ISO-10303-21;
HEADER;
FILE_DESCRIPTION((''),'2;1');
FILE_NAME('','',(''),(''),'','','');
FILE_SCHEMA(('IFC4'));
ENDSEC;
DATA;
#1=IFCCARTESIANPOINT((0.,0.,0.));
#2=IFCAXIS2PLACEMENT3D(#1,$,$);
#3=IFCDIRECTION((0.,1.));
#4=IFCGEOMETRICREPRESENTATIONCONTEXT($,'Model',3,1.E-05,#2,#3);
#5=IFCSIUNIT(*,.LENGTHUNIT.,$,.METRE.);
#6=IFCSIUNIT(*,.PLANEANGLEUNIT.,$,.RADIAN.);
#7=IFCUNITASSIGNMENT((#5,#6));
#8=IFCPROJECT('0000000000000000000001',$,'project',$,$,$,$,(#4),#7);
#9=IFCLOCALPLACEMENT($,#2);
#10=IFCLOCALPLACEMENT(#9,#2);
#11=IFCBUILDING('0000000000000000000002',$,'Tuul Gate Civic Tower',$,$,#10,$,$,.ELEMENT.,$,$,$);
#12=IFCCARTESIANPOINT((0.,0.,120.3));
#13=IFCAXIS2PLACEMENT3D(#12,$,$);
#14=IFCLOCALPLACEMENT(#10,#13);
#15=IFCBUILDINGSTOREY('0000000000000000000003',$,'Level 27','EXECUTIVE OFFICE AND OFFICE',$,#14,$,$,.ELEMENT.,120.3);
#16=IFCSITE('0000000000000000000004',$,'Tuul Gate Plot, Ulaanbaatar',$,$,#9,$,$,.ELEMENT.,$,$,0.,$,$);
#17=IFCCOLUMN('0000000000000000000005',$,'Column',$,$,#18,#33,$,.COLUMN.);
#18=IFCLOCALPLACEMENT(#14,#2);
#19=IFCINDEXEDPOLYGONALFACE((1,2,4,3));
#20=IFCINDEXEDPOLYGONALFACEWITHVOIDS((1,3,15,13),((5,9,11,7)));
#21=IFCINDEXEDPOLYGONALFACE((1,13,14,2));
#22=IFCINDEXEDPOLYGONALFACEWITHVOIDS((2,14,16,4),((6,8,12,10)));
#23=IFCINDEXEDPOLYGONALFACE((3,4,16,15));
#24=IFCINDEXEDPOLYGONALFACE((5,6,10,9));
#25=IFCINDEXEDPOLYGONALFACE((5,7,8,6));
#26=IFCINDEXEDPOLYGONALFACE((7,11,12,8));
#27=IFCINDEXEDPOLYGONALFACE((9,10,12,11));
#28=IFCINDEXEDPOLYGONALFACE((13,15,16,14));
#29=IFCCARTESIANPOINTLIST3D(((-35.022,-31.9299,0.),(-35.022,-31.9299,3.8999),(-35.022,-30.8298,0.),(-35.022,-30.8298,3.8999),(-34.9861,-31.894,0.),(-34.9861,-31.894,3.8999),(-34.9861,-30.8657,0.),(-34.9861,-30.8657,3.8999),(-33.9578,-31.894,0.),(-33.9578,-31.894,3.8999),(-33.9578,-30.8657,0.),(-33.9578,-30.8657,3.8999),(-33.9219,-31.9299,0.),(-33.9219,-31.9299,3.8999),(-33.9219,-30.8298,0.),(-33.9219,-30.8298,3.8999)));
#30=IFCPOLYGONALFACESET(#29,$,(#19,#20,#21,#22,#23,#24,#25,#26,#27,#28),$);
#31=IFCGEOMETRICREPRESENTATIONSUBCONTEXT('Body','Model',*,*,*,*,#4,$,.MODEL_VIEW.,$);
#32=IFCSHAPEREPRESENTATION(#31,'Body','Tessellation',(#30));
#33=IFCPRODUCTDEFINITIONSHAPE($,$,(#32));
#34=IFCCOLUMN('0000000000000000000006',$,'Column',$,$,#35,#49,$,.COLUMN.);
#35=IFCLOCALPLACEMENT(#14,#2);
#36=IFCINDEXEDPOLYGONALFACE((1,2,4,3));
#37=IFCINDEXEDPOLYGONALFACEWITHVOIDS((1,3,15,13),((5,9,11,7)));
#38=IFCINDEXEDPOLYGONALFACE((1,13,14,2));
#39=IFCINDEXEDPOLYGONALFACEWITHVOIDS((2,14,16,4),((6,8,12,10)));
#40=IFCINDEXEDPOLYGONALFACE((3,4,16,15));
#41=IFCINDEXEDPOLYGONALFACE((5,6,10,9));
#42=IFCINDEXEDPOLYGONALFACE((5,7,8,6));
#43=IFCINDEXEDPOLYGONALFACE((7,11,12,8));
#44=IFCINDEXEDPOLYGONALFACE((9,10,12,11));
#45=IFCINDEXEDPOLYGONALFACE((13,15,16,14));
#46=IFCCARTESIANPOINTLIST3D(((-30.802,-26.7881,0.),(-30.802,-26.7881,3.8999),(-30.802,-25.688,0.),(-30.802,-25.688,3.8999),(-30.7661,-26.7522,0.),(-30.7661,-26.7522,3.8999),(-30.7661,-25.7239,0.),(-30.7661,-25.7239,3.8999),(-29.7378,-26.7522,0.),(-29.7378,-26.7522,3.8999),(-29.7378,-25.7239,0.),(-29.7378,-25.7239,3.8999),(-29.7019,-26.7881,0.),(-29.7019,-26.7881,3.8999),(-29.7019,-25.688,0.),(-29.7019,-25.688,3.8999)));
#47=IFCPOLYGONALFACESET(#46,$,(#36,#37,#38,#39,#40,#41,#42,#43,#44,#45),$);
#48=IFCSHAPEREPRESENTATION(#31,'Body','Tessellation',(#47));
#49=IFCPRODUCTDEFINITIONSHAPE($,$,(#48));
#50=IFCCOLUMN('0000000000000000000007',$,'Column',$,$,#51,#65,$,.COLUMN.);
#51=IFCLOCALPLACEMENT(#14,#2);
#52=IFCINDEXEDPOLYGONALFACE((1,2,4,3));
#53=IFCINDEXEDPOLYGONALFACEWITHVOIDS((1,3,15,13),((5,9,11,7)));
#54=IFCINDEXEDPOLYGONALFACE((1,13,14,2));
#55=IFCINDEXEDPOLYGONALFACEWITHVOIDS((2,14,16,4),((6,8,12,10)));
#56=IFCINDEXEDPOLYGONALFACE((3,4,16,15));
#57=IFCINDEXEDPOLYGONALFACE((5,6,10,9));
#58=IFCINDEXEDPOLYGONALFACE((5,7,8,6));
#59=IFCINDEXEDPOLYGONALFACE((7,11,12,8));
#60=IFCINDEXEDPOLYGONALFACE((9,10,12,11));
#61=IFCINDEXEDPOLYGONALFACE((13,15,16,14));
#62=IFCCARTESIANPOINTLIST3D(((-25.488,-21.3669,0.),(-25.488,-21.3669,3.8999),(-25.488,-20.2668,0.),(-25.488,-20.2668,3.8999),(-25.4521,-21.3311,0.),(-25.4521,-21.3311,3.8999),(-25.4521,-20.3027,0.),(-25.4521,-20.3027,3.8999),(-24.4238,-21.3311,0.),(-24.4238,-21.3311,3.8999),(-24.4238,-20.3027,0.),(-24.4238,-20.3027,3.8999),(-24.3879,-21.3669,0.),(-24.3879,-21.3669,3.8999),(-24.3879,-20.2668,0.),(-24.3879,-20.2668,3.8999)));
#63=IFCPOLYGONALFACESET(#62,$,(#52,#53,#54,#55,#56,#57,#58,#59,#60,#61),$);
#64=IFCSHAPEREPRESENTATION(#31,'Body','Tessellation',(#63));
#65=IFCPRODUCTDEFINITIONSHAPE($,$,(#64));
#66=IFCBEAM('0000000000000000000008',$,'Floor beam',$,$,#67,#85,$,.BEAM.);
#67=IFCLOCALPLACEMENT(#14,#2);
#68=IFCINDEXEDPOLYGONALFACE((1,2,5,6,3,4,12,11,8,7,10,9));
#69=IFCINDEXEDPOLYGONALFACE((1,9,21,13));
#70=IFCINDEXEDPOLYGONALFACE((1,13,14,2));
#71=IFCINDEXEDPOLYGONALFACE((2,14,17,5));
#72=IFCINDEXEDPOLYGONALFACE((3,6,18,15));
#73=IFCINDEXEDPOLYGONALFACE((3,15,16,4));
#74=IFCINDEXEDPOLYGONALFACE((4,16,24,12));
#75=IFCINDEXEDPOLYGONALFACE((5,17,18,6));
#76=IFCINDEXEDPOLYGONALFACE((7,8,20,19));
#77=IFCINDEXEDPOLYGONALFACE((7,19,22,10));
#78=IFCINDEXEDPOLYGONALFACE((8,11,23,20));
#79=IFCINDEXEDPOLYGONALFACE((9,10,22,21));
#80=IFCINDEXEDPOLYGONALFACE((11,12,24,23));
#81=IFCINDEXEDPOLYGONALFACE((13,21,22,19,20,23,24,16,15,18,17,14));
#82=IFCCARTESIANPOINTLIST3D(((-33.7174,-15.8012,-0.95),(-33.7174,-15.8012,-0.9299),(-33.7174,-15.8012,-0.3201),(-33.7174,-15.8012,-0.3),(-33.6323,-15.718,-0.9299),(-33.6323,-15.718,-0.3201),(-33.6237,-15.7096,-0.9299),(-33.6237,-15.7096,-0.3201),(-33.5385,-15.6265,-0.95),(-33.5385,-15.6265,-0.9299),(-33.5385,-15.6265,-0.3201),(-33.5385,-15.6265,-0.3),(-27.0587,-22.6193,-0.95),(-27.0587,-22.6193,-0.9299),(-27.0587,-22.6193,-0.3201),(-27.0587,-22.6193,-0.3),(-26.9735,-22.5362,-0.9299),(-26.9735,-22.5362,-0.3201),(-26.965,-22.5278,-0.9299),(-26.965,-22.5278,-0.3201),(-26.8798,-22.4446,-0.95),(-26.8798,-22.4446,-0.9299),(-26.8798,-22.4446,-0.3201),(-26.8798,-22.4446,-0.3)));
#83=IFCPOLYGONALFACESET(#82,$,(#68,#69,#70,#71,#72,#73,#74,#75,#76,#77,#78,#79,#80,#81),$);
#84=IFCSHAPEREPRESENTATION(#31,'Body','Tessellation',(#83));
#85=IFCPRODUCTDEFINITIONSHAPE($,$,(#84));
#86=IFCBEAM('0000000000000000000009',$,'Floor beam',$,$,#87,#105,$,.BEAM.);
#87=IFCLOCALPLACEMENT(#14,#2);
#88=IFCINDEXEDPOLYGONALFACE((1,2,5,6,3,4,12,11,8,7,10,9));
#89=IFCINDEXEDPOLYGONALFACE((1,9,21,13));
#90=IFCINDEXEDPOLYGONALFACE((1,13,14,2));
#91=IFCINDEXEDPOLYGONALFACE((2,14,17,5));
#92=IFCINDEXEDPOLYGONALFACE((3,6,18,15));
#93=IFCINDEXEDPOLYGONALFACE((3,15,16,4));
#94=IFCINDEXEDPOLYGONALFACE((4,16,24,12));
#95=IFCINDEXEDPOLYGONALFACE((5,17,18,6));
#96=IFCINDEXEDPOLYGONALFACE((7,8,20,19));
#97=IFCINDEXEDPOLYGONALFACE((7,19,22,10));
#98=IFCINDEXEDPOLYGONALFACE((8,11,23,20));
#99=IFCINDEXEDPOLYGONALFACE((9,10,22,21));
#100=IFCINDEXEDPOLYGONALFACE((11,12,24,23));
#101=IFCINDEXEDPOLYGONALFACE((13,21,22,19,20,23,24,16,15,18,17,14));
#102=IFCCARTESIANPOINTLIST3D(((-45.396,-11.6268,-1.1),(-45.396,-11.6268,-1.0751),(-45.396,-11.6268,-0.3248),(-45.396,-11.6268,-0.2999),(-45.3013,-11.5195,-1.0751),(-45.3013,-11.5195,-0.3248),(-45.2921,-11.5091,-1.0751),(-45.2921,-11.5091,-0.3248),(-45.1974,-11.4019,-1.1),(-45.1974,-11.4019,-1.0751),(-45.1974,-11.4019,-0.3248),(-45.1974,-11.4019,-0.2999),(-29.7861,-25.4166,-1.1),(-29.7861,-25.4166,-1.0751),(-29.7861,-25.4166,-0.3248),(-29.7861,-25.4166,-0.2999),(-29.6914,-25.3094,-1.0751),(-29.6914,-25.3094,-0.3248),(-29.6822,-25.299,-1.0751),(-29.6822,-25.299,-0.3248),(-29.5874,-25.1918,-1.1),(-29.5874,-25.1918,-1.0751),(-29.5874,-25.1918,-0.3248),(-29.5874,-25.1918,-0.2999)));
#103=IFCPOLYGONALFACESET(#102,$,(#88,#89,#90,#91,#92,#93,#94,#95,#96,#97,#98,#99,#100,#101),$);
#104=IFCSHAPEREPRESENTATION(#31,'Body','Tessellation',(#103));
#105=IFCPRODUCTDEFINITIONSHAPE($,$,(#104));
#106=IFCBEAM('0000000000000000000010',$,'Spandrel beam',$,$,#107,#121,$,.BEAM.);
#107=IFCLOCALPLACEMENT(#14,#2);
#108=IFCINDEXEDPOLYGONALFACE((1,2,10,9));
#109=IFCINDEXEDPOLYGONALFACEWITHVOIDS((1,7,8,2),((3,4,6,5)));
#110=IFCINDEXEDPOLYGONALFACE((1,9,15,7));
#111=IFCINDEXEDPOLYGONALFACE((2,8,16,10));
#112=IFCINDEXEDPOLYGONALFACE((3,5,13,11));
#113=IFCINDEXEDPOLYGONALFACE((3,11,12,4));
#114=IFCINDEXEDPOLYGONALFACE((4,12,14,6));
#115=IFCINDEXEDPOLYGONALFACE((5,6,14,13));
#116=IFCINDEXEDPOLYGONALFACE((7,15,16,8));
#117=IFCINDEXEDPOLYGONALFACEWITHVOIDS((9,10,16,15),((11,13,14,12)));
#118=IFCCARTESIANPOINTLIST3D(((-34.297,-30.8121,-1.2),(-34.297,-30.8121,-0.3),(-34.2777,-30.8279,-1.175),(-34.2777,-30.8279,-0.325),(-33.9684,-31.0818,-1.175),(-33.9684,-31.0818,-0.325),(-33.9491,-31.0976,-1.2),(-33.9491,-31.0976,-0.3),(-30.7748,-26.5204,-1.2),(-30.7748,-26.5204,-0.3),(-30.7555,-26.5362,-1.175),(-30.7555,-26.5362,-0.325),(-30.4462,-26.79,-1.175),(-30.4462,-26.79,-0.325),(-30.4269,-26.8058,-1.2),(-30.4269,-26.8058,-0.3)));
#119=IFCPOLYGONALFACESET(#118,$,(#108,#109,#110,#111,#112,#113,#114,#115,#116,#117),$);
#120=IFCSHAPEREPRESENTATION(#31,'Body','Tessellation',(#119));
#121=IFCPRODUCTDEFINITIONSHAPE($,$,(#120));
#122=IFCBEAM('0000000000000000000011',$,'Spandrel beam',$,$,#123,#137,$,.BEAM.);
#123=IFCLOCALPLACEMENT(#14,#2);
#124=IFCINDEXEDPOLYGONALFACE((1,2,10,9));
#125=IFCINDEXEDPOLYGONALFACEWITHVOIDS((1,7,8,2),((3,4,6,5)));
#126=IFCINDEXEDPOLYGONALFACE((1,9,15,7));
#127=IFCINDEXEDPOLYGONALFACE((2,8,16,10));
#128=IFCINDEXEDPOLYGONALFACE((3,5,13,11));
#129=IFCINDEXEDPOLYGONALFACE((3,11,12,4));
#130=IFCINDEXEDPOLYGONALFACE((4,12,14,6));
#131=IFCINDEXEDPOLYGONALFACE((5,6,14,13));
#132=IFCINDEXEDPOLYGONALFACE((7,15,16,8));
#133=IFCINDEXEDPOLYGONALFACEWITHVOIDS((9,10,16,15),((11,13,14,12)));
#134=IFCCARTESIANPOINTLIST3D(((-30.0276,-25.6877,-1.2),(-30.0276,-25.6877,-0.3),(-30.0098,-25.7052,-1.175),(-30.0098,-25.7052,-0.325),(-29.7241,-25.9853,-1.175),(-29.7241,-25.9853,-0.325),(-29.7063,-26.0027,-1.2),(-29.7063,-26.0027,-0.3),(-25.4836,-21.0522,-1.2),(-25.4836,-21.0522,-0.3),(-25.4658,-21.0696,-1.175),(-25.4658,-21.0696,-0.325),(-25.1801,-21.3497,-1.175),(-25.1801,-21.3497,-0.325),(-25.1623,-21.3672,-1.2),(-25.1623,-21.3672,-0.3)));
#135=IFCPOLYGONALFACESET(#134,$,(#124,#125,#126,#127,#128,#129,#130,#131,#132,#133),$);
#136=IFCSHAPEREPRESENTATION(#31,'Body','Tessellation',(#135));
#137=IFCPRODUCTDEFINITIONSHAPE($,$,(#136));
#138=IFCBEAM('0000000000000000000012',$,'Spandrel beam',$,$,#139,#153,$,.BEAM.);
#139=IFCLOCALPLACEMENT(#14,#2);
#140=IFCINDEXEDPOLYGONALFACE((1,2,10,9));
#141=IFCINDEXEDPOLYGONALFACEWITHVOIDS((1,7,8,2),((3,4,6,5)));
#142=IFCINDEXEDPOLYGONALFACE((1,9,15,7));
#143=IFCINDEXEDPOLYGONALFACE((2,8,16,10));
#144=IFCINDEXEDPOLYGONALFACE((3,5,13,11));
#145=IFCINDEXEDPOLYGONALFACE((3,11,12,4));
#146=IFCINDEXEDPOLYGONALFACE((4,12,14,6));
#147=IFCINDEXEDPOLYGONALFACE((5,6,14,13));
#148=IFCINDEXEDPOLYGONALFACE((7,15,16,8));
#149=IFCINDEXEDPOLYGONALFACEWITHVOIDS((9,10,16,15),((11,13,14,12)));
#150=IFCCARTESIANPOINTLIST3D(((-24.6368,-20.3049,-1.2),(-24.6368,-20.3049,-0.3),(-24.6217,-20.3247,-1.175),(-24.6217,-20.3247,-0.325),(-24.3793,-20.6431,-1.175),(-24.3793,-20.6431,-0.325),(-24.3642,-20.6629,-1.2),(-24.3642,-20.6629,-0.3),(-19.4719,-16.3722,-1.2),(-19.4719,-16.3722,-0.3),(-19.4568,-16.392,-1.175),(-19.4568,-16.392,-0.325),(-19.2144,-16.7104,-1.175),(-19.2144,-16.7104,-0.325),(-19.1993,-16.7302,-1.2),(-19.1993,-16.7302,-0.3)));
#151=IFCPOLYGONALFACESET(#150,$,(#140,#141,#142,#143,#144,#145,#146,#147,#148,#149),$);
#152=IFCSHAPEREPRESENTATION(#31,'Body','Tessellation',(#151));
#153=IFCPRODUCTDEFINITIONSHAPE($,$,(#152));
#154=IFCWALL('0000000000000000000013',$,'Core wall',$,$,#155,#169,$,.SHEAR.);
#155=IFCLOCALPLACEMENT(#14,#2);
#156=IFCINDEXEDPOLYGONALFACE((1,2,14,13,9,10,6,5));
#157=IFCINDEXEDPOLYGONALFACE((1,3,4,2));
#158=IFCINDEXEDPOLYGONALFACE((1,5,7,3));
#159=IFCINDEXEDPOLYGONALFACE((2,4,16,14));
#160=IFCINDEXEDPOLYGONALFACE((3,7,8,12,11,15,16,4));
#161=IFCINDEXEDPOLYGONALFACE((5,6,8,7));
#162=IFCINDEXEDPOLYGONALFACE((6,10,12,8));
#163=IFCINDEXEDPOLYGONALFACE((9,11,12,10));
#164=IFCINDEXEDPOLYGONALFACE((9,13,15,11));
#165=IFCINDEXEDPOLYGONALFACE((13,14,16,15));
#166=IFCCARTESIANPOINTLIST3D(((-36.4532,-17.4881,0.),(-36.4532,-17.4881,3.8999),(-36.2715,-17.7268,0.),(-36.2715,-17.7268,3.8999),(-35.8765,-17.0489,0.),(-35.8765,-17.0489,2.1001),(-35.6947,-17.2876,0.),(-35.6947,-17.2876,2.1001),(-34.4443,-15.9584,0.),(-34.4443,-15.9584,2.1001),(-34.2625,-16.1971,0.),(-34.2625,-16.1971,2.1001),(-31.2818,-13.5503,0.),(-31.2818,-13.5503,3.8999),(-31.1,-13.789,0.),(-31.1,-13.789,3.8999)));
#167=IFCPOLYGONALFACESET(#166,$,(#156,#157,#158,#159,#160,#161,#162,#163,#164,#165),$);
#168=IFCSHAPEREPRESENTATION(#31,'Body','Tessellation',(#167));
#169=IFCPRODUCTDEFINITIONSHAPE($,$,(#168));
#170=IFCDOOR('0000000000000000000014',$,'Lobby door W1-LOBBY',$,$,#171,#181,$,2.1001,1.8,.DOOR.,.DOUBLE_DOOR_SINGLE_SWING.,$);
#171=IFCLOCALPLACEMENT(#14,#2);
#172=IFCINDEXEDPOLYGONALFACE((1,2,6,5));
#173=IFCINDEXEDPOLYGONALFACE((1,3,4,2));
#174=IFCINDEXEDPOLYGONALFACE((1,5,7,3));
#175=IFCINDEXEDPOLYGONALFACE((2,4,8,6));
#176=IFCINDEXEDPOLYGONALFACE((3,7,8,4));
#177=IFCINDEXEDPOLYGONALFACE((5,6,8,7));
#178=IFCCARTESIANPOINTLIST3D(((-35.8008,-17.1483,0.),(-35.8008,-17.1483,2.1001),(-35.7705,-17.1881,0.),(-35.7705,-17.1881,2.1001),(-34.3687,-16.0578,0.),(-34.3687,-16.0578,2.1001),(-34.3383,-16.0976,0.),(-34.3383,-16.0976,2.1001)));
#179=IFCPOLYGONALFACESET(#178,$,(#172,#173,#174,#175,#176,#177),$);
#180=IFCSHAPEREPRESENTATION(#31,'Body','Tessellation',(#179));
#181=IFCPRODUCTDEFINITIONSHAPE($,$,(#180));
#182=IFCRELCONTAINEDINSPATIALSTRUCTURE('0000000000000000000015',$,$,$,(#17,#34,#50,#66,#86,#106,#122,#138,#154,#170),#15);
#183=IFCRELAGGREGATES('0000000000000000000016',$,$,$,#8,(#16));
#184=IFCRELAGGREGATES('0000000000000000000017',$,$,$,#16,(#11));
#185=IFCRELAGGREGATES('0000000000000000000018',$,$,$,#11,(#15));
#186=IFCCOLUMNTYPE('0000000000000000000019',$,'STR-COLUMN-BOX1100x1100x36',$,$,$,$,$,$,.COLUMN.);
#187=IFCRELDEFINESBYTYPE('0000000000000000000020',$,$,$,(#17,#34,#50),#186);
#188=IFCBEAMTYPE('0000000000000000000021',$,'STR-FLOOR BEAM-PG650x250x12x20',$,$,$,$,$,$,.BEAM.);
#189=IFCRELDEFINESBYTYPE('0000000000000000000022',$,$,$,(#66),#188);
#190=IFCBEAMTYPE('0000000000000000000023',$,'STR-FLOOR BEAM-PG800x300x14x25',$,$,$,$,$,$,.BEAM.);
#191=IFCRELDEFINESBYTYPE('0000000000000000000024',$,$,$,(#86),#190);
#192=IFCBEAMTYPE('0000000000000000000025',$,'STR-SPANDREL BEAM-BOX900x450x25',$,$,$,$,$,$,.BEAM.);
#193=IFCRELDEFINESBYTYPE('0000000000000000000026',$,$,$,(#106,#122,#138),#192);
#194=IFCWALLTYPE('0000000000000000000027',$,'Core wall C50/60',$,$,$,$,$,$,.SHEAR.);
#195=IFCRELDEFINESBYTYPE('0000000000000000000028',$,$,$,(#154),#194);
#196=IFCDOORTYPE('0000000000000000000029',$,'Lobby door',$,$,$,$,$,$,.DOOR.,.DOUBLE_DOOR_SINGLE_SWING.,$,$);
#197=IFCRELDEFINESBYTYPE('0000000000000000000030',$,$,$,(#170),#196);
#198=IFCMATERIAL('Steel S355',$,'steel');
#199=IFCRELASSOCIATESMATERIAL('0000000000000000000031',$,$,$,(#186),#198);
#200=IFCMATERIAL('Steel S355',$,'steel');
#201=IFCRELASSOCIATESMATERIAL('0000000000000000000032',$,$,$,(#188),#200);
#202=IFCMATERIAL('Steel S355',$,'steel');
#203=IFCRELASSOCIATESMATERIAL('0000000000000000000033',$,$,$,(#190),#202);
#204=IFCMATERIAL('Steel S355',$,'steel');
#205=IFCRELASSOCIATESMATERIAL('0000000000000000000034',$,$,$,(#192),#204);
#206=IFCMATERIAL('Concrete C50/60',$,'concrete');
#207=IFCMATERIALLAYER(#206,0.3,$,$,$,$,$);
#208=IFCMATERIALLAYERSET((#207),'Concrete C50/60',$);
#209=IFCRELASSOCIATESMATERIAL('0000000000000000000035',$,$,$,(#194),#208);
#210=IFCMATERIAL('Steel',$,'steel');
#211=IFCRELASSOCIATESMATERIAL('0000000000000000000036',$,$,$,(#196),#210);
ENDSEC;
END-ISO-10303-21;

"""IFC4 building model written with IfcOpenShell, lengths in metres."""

from ifc_helpers import new_model, si_unit, direction, frame, frame_2d, origin, origin_2d, place, context, subcontext, project, spatial, rectangle, hollow_rectangle, i_section, extrude, material, layer, layer_set, material_profile, profile_set, type_object, element, fill, save


model = new_model("IFC4")

# Units and contexts
model_context = context("Model", 3, precision=1e-05, world=origin(), true_north=direction((0.0, 1.0)))
body_context = subcontext(model_context, "Body", "Model", "MODEL_VIEW")
ifc_project = project(units=[si_unit("LENGTHUNIT", "METRE"), si_unit("PLANEANGLEUNIT", "RADIAN")], contexts=[model_context])

# Site, building, storey
site_placement = place(None, origin())
site = spatial("IfcSite", under=ifc_project, at=site_placement, Name="Tuul Gate Plot, Ulaanbaatar", CompositionType="ELEMENT", RefElevation=0.0)
building_placement = place(site_placement, origin())
building = spatial("IfcBuilding", under=site, at=building_placement, Name="Tuul Gate Civic Tower", CompositionType="ELEMENT")
storey_placement = place(building_placement, frame((0.0, 0.0, 120.3)))
storey = spatial("IfcBuildingStorey", under=building, at=storey_placement, Name="Level 27", Description="EXECUTIVE OFFICE AND OFFICE", CompositionType="ELEMENT", Elevation=120.3)

# Columns
ifc_material_1 = material(Name="Steel S355", Category="steel")
ifc_material_profile_1 = material_profile(ifc_material_1, hollow_rectangle(XDim=1.1001, YDim=1.1001, WallThickness=0.0359, at=origin_2d()), Name="BOX1100x1100x36")
ifc_profile_set_1 = profile_set([ifc_material_profile_1], Name="Steel S355")
column_type = type_object("IfcColumnType", Name="STR-COLUMN-BOX1100x1100x36", PredefinedType="COLUMN", material=ifc_profile_set_1)
for number, where, z_axis, x_axis, name in (
    (1, (-34.4719, -31.3799, 0.0), (0.0, 0.0, 1.0), (1.0, 0.0, 0.0), "Column"),
    (2, (-30.252, -26.238, 0.0), (0.0, 0.0, 1.0), (1.0, 0.0, 0.0), "Column"),
    (3, (-24.938, -20.8169, 0.0), (0.0, 0.0, 1.0), (1.0, 0.0, 0.0), "Column"),
):
    element("IfcColumn", number, at=place(storey_placement, frame(where, z_axis=z_axis, x_axis=x_axis)), inside=storey, type_object=column_type, Name=name, PredefinedType="COLUMN", context=body_context, shape_type="SweptSolid", body=[
        extrude(hollow_rectangle(XDim=1.1001, YDim=1.1001, WallThickness=0.0359, at=origin_2d()), origin(), (0.0, 0.0, 1.0), 3.8999),
    ])

# Beams
ifc_material_2 = material(Name="Steel S355", Category="steel")
ifc_material_profile_2 = material_profile(ifc_material_2, i_section(OverallWidth=0.25, OverallDepth=0.6499, WebThickness=0.012, FlangeThickness=0.02, at=origin_2d()), Name="PG650x250x12x20")
ifc_profile_set_2 = profile_set([ifc_material_profile_2], Name="Steel S355")
beam_type_1 = type_object("IfcBeamType", Name="STR-FLOOR BEAM-PG650x250x12x20", PredefinedType="BEAM", material=ifc_profile_set_2)
beam_1_placement = place(storey_placement, frame((-26.9692, -22.532, -0.625), z_axis=(-0.698693, 0.715421, 0.0), x_axis=(-0.715421, -0.698693, 0.0)))
element("IfcBeam", 4, at=beam_1_placement, inside=storey, type_object=beam_type_1, Name="Floor beam", PredefinedType="BEAM", context=body_context, shape_type="SweptSolid", body=[
    extrude(i_section(OverallWidth=0.25, OverallDepth=0.6499, WebThickness=0.012, FlangeThickness=0.02, at=origin_2d()), origin(), (0.0, 0.0, 1.0), 9.5303),
])
ifc_material_3 = material(Name="Steel S355", Category="steel")
ifc_material_profile_3 = material_profile(ifc_material_3, i_section(OverallWidth=0.3, OverallDepth=0.8, WebThickness=0.0139, FlangeThickness=0.0249, at=origin_2d()), Name="PG800x300x14x25")
ifc_profile_set_3 = profile_set([ifc_material_profile_3], Name="Steel S355")
beam_type_2 = type_object("IfcBeamType", Name="STR-FLOOR BEAM-PG800x300x14x25", PredefinedType="BEAM", material=ifc_profile_set_3)
beam_2_placement = place(storey_placement, frame((-29.6868, -25.3042, -0.7), z_axis=(-0.749447, 0.662064, 0.0), x_axis=(-0.662064, -0.749447, 0.0)))
element("IfcBeam", 5, at=beam_2_placement, inside=storey, type_object=beam_type_2, Name="Floor beam", PredefinedType="BEAM", context=body_context, shape_type="SweptSolid", body=[
    extrude(i_section(OverallWidth=0.3, OverallDepth=0.8, WebThickness=0.0139, FlangeThickness=0.0249, at=origin_2d()), origin(), (0.0, 0.0, 1.0), 20.8286),
])
ifc_material_4 = material(Name="Steel S355", Category="steel")
ifc_material_profile_4 = material_profile(ifc_material_4, hollow_rectangle(XDim=0.45, YDim=0.8999, WallThickness=0.0249, at=origin_2d()), Name="BOX900x450x25")
ifc_profile_set_4 = profile_set([ifc_material_profile_4], Name="Steel S355")
beam_type_3 = type_object("IfcBeamType", Name="STR-SPANDREL BEAM-BOX900x450x25", PredefinedType="BEAM", material=ifc_profile_set_4)
beam_3_placement = place(storey_placement, frame((-34.123, -30.9548, -0.75), z_axis=(0.634401, 0.773004, 0.0), x_axis=(-0.773004, 0.634401, 0.0)))
element("IfcBeam", 6, at=beam_3_placement, inside=storey, type_object=beam_type_3, Name="Spandrel beam", PredefinedType="BEAM", context=body_context, shape_type="SweptSolid", body=[
    extrude(hollow_rectangle(XDim=0.45, YDim=0.8999, WallThickness=0.0249, at=origin_2d()), origin(), (0.0, 0.0, 1.0), 5.552),
])
beam_4_placement = place(storey_placement, frame((-29.8669, -25.8452, -0.75), z_axis=(0.70002, 0.714124, 0.0), x_axis=(-0.714124, 0.70002, 0.0)))
element("IfcBeam", 7, at=beam_4_placement, inside=storey, type_object=beam_type_3, Name="Spandrel beam", PredefinedType="BEAM", context=body_context, shape_type="SweptSolid", body=[
    extrude(hollow_rectangle(XDim=0.45, YDim=0.8999, WallThickness=0.0249, at=origin_2d()), origin(), (0.0, 0.0, 1.0), 6.4912),
])
beam_5_placement = place(storey_placement, frame((-24.5005, -20.4839, -0.75), z_axis=(0.795615, 0.605803, 0.0), x_axis=(-0.605803, 0.795615, 0.0)))
element("IfcBeam", 8, at=beam_5_placement, inside=storey, type_object=beam_type_3, Name="Spandrel beam", PredefinedType="BEAM", context=body_context, shape_type="SweptSolid", body=[
    extrude(hollow_rectangle(XDim=0.45, YDim=0.8999, WallThickness=0.0249, at=origin_2d()), origin(), (0.0, 0.0, 1.0), 6.4917),
])

# Wall, opening, door
ifc_material_5 = material(Name="Concrete C50/60", Category="concrete")
ifc_layer_1 = layer(ifc_material_5, 0.3)
ifc_layer_set_1 = layer_set([ifc_layer_1], Name="Concrete C50/60")
wall_type_1 = type_object("IfcWallType", Name="Core wall C50/60", PredefinedType="SHEAR", material=ifc_layer_set_1)
wall_1_placement = place(storey_placement, frame((-31.1909, -13.6697, 0.0), z_axis=(0.0, 0.0, 1.0), x_axis=(-0.795607, -0.605813, 0.0)))
wall_1 = element("IfcWall", 9, at=wall_1_placement, inside=storey, type_object=wall_type_1, Name="Core wall", PredefinedType="SHEAR", context=body_context, shape_type="SweptSolid", body=[
    extrude(rectangle(XDim=6.5, YDim=0.3, at=frame_2d((3.25, 0.0))), origin(), (0.0, 0.0, 1.0), 3.8999),
])
opening_1_placement = place(wall_1_placement, frame((3.9751, 0.0, 0.0)))
opening_1 = element("IfcOpeningElement", 10, at=opening_1_placement, cuts=wall_1, PredefinedType="OPENING", context=body_context, shape_type="SweptSolid", body=[
    extrude(rectangle(XDim=1.8, YDim=2.1001, at=frame_2d((0.8999, 1.05))), frame((0.0, 0.1602, 0.0), z_axis=(0.0, -1.0, 0.0), x_axis=(1.0, 0.0, 0.0)), (0.0, 0.0, 1.0), 0.3201),
])
ifc_material_6 = material(Name="Steel", Category="steel")
door_type_1 = type_object("IfcDoorType", Name="Lobby door", OperationType="DOUBLE_DOOR_SINGLE_SWING", PredefinedType="DOOR", material=ifc_material_6)
door_1_placement = place(opening_1_placement, origin())
door_1 = element("IfcDoor", 11, at=door_1_placement, inside=storey, type_object=door_type_1, Name="Lobby door W1-LOBBY", OperationType="DOUBLE_DOOR_SINGLE_SWING", OverallHeight=2.1001, OverallWidth=1.8, PredefinedType="DOOR", context=body_context, shape_type="SweptSolid", body=[
    extrude(rectangle(XDim=1.8, YDim=2.1001, at=frame_2d((0.8999, 1.05))), frame((0.0, 0.0249, 0.0), z_axis=(0.0, -1.0, 0.0), x_axis=(1.0, 0.0, 0.0)), (0.0, 0.0, 1.0), 0.05),
])
fill(opening_1, door_1)

save(model, "model.ifc")
